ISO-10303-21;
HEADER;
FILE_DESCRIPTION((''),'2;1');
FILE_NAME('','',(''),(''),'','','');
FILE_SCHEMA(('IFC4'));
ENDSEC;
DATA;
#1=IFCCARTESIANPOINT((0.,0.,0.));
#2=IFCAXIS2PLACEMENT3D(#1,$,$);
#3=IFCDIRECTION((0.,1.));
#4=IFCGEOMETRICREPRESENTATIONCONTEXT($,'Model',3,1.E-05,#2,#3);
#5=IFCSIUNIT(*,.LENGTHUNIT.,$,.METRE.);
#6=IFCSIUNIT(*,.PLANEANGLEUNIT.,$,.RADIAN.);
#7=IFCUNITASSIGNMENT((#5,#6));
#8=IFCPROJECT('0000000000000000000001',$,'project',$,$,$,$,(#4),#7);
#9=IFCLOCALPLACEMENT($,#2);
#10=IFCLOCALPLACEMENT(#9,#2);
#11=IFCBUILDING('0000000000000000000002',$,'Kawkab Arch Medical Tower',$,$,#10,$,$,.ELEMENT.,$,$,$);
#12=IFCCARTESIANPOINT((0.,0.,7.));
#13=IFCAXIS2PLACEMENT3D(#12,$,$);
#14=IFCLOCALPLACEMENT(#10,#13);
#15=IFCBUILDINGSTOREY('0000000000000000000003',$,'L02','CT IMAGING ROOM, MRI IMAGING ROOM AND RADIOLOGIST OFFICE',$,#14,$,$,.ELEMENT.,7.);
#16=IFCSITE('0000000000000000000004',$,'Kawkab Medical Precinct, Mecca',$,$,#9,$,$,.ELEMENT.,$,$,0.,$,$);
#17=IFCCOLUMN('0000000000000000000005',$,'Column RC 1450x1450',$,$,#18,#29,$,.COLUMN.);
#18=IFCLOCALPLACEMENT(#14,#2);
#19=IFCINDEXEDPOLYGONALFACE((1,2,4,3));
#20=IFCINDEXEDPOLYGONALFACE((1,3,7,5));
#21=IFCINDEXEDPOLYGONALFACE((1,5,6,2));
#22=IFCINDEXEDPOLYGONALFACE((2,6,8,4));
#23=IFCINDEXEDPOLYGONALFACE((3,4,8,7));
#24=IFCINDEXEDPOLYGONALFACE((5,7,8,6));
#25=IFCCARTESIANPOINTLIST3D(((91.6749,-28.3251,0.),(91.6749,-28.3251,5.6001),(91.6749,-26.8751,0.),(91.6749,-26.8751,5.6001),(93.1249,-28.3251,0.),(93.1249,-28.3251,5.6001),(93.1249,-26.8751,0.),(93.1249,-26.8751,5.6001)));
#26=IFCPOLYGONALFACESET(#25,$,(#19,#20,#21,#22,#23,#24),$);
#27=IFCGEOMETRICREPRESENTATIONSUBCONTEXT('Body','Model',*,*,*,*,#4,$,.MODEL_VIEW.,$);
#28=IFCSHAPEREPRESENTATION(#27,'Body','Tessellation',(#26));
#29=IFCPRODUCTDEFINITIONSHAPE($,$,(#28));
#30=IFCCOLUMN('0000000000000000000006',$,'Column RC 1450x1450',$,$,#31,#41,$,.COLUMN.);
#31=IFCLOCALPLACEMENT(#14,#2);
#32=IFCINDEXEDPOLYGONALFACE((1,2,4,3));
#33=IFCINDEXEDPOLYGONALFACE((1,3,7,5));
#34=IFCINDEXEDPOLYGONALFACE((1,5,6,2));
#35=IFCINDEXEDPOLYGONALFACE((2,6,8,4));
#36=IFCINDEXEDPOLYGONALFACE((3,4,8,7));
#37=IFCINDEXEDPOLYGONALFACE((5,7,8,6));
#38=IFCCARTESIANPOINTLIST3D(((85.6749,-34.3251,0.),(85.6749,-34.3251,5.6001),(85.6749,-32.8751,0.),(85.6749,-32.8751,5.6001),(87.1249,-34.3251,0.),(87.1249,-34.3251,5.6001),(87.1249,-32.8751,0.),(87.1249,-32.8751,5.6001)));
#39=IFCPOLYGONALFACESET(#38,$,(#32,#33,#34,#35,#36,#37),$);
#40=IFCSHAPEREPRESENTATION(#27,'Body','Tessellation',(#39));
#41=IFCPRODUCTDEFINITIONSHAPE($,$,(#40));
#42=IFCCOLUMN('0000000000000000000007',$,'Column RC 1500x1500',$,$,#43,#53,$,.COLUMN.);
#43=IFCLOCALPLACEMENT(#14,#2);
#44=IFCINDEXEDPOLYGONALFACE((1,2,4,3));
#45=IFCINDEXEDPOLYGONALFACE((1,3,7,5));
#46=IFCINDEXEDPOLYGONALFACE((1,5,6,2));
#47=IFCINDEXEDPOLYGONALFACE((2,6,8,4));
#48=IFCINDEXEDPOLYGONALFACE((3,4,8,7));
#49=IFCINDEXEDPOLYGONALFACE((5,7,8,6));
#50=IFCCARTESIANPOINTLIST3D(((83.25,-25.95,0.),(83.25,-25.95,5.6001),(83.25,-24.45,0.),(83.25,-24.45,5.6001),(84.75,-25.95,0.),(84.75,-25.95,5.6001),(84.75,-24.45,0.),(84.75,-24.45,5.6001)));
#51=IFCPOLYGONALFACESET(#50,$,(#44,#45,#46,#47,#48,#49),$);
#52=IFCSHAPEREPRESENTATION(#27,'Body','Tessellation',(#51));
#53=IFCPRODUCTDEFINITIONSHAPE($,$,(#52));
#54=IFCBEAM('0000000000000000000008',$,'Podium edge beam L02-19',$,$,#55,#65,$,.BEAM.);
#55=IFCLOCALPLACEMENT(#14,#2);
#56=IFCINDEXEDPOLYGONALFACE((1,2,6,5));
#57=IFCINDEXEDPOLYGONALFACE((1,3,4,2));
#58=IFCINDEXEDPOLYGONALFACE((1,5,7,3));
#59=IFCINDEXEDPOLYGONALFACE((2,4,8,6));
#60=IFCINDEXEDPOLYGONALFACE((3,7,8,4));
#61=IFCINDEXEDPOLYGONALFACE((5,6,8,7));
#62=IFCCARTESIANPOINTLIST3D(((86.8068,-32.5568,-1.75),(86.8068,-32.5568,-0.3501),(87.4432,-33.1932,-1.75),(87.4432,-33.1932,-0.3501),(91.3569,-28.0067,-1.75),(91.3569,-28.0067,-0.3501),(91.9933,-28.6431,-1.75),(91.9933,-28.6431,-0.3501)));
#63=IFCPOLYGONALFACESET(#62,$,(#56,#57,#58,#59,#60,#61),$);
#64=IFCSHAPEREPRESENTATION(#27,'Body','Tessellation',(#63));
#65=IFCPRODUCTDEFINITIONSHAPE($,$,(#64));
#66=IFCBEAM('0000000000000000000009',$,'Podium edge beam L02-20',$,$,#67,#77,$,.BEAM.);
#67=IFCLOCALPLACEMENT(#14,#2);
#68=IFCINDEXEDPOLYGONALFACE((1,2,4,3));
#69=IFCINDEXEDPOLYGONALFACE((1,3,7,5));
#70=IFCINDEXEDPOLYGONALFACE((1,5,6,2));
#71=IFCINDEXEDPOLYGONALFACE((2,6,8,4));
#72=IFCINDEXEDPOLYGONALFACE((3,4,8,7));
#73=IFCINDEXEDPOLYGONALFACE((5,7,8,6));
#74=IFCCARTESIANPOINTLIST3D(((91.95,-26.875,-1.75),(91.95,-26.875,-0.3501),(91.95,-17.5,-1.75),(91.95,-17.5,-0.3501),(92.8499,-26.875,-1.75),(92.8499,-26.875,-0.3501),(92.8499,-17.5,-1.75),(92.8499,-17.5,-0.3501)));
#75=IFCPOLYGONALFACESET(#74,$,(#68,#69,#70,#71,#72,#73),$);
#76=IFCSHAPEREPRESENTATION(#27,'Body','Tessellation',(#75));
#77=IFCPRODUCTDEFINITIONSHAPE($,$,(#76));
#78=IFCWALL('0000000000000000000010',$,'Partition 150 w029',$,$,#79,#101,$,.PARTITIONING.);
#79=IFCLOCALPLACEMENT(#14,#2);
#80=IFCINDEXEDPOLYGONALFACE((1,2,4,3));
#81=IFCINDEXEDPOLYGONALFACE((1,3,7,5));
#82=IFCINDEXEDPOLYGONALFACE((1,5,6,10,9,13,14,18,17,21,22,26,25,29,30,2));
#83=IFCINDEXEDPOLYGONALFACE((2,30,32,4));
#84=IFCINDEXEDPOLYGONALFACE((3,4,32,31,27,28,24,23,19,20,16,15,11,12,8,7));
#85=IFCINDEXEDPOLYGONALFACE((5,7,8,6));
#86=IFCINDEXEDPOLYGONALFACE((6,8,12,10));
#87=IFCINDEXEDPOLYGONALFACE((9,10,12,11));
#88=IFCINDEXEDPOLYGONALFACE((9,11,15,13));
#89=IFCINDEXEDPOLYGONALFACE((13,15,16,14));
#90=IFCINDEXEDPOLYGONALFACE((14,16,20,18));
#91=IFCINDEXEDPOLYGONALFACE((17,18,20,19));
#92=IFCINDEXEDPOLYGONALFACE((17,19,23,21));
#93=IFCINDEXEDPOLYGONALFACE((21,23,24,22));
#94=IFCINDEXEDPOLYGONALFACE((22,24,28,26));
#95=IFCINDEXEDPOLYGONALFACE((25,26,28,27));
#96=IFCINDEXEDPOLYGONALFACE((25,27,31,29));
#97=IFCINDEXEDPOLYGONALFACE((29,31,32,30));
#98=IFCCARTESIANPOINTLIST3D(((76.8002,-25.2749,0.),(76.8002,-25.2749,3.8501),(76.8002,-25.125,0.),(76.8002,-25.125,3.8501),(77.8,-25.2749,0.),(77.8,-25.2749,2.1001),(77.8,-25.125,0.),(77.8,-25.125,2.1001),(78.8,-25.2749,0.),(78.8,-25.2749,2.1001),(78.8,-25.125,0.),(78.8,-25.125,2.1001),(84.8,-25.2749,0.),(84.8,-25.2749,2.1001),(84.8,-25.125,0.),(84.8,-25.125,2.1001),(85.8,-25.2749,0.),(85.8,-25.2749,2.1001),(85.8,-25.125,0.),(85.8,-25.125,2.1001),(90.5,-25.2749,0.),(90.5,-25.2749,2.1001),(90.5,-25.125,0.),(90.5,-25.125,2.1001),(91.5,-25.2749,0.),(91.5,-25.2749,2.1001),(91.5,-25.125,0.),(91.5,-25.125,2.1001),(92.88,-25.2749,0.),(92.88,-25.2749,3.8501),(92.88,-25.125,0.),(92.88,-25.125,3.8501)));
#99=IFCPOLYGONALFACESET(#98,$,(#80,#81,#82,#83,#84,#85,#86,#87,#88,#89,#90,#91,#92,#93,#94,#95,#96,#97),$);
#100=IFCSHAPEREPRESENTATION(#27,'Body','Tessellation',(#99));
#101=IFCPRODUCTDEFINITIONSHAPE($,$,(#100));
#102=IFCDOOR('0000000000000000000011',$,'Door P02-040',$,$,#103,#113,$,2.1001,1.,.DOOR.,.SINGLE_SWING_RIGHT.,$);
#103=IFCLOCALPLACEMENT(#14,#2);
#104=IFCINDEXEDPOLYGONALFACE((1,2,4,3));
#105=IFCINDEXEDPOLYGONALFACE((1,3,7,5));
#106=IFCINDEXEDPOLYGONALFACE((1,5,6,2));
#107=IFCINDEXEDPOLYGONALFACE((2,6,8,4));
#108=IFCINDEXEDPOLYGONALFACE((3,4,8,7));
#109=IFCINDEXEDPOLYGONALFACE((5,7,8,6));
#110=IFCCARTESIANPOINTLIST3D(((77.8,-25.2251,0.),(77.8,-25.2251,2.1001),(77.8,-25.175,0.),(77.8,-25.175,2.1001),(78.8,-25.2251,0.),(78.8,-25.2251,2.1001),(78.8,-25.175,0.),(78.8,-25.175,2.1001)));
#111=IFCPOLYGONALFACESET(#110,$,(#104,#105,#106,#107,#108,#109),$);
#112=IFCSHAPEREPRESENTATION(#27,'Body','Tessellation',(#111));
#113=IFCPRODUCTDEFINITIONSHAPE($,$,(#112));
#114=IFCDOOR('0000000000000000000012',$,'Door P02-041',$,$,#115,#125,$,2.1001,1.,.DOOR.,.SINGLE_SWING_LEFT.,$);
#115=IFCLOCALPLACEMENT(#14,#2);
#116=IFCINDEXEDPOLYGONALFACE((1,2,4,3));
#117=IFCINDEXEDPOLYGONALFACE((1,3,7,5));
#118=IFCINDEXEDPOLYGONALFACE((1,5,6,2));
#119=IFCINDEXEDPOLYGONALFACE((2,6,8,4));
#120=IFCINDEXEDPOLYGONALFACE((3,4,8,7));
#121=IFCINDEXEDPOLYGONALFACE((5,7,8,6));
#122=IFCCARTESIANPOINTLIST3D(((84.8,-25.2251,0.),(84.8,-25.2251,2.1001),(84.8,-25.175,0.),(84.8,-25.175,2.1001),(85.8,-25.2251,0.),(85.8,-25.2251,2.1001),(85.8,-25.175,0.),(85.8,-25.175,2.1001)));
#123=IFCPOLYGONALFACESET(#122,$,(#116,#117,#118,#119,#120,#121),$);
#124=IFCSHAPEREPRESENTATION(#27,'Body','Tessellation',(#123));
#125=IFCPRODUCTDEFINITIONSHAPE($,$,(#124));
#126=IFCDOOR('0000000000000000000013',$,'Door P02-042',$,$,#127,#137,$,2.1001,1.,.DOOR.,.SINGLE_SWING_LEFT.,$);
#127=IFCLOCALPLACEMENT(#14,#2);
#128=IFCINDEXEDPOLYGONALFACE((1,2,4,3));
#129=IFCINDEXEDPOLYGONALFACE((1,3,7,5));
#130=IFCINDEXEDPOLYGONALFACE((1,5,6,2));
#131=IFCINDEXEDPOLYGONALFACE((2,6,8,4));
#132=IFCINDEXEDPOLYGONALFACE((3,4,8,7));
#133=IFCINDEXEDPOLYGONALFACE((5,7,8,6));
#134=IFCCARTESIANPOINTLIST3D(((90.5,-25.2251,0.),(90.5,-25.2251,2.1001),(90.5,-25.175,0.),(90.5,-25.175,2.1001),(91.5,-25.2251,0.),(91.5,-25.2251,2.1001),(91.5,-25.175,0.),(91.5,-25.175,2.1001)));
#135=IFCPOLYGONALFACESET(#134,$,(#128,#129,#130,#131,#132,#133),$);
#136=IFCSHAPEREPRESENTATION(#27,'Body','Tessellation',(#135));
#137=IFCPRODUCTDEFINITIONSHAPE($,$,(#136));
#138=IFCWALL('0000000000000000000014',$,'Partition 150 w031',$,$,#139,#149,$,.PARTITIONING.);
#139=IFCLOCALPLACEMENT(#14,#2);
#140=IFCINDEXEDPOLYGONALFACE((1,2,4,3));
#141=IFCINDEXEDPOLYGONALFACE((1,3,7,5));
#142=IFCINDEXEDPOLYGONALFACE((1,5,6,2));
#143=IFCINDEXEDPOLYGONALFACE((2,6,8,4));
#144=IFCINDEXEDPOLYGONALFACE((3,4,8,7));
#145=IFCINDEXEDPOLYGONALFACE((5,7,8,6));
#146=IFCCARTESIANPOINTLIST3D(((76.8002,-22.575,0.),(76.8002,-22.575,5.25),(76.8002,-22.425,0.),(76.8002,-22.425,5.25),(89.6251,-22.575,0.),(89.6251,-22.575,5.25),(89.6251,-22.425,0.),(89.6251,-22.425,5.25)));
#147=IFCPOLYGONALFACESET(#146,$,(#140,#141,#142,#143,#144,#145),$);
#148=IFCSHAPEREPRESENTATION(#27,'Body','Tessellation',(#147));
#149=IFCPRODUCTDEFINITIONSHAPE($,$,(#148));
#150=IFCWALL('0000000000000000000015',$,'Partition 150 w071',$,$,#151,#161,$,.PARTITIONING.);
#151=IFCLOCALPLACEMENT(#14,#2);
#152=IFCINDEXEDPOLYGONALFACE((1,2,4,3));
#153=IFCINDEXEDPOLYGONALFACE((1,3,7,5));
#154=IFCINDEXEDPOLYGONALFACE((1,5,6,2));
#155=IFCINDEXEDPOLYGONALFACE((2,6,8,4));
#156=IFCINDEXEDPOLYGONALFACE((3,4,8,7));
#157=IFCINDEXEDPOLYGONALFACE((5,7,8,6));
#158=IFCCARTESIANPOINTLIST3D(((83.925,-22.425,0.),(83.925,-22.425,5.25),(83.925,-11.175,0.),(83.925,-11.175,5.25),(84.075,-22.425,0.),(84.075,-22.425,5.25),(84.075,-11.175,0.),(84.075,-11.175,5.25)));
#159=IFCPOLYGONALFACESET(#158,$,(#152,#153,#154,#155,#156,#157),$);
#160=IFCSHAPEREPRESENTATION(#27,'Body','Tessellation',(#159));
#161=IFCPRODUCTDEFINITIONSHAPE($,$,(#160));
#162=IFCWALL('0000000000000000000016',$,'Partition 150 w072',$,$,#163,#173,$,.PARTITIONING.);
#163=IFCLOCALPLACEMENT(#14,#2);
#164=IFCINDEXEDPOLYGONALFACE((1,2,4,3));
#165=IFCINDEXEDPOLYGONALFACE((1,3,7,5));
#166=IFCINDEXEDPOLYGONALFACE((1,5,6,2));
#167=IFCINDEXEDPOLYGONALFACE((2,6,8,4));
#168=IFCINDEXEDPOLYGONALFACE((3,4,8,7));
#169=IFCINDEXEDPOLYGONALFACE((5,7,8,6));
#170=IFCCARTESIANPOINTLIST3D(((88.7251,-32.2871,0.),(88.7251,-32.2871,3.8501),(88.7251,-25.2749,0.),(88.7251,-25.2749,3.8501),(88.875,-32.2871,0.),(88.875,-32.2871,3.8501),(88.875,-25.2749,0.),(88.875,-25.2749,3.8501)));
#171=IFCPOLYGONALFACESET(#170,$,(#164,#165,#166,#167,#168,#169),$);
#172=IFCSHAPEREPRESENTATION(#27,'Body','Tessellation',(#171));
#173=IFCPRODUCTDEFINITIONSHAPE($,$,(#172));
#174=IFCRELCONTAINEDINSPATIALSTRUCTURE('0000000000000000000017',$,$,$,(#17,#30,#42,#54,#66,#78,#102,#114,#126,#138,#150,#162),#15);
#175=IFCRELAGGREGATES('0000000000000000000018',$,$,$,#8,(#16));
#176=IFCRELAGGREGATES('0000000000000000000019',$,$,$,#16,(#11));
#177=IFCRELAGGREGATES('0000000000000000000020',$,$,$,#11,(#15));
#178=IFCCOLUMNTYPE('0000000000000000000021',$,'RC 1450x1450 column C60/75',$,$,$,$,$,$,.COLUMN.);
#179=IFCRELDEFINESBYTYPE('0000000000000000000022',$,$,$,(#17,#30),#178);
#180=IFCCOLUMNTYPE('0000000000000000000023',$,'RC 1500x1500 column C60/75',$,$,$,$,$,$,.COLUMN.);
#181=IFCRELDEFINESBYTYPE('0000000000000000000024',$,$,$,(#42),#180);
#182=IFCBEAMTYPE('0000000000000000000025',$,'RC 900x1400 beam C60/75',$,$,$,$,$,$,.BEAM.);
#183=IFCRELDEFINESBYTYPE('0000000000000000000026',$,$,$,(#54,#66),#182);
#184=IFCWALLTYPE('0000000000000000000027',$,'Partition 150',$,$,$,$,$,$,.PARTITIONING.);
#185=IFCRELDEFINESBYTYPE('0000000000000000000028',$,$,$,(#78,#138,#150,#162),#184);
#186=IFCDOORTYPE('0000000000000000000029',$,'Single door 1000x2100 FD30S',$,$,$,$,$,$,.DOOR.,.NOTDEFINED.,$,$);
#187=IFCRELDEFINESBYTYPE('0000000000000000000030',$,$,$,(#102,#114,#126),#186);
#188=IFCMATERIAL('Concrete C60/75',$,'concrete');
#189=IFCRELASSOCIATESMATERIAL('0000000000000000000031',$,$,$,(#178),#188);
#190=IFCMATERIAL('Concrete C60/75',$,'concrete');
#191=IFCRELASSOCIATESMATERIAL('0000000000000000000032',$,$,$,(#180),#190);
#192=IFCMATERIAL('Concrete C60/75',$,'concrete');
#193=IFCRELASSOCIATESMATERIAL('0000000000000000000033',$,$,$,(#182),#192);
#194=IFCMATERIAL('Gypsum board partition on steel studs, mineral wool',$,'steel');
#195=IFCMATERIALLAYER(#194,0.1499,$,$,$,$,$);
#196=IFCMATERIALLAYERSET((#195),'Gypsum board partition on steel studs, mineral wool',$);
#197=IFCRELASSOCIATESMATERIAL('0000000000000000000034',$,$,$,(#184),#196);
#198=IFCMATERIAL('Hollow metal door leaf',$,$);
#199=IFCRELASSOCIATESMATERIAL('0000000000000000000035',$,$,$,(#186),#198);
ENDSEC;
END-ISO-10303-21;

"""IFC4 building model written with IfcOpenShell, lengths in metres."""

from ifc_helpers import new_model, si_unit, direction, frame, frame_2d, origin, origin_2d, place, context, subcontext, project, spatial, rectangle, extrude, material, layer, layer_set, material_profile, profile_set, type_object, element, fill, save


model = new_model("IFC4")

# Units and contexts
model_context = context("Model", 3, precision=1e-05, world=origin(), true_north=direction((0.0, 1.0)))
body_context = subcontext(model_context, "Body", "Model", "MODEL_VIEW")
ifc_project = project(units=[si_unit("LENGTHUNIT", "METRE"), si_unit("PLANEANGLEUNIT", "RADIAN")], contexts=[model_context])

# Site, building, storey
site_placement = place(None, origin())
site = spatial("IfcSite", under=ifc_project, at=site_placement, Name="Kawkab Medical Precinct, Mecca", CompositionType="ELEMENT", RefElevation=0.0)
building_placement = place(site_placement, origin())
building = spatial("IfcBuilding", under=site, at=building_placement, Name="Kawkab Arch Medical Tower", CompositionType="ELEMENT")
storey_placement = place(building_placement, frame((0.0, 0.0, 7.0)))
storey = spatial("IfcBuildingStorey", under=building, at=storey_placement, Name="L02", Description="CT IMAGING ROOM, MRI IMAGING ROOM AND RADIOLOGIST OFFICE", CompositionType="ELEMENT", Elevation=7.0)

# Columns
ifc_material_1 = material(Name="Concrete C60/75", Category="concrete")
ifc_material_profile_1 = material_profile(ifc_material_1, rectangle(XDim=1.45, YDim=1.45, at=origin_2d()), Name="RC 1450x1450")
ifc_profile_set_1 = profile_set([ifc_material_profile_1], Name="Concrete C60/75")
column_type_1 = type_object("IfcColumnType", Name="RC 1450x1450 column C60/75", PredefinedType="COLUMN", material=ifc_profile_set_1)
for number, where, z_axis, x_axis, name in (
    (1, (92.3999, -27.6001, 0.0), (0.0, 0.0, 1.0), (1.0, 0.0, 0.0), "Column RC 1450x1450"),
    (2, (86.3999, -33.6001, 0.0), (0.0, 0.0, 1.0), (1.0, 0.0, 0.0), "Column RC 1450x1450"),
):
    element("IfcColumn", number, at=place(storey_placement, frame(where, z_axis=z_axis, x_axis=x_axis)), inside=storey, type_object=column_type_1, Name=name, PredefinedType="COLUMN", context=body_context, shape_type="SweptSolid", body=[
        extrude(rectangle(XDim=1.45, YDim=1.45, at=origin_2d()), origin(), (0.0, 0.0, 1.0), 5.6001),
    ])
ifc_material_2 = material(Name="Concrete C60/75", Category="concrete")
ifc_material_profile_2 = material_profile(ifc_material_2, rectangle(XDim=1.5, YDim=1.5, at=origin_2d()), Name="RC 1500x1500")
ifc_profile_set_2 = profile_set([ifc_material_profile_2], Name="Concrete C60/75")
column_type_2 = type_object("IfcColumnType", Name="RC 1500x1500 column C60/75", PredefinedType="COLUMN", material=ifc_profile_set_2)
column_placement = place(storey_placement, frame((84.0, -25.2, 0.0), z_axis=(0.0, 0.0, 1.0), x_axis=(1.0, 0.0, 0.0)))
element("IfcColumn", 3, at=column_placement, inside=storey, type_object=column_type_2, Name="Column RC 1500x1500", PredefinedType="COLUMN", context=body_context, shape_type="SweptSolid", body=[
    extrude(rectangle(XDim=1.5, YDim=1.5, at=origin_2d()), origin(), (0.0, 0.0, 1.0), 5.6001),
])

# Beams
ifc_material_3 = material(Name="Concrete C60/75", Category="concrete")
ifc_material_profile_3 = material_profile(ifc_material_3, rectangle(XDim=0.8999, YDim=1.3999, at=origin_2d()), Name="RC 900x1400")
ifc_profile_set_3 = profile_set([ifc_material_profile_3], Name="Concrete C60/75")
beam_type = type_object("IfcBeamType", Name="RC 900x1400 beam C60/75", PredefinedType="BEAM", material=ifc_profile_set_3)
beam_1_placement = place(storey_placement, frame((87.125, -32.875, -1.05), z_axis=(0.707107, 0.707107, 0.0), x_axis=(-0.707107, 0.707107, 0.0)))
element("IfcBeam", 4, at=beam_1_placement, inside=storey, type_object=beam_type, Name="Podium edge beam L02-19", PredefinedType="BEAM", context=body_context, shape_type="SweptSolid", body=[
    extrude(rectangle(XDim=0.8999, YDim=1.3999, at=origin_2d()), origin(), (0.0, 0.0, 1.0), 6.4348),
])
beam_2_placement = place(storey_placement, frame((92.3999, -26.875, -1.05), z_axis=(0.0, 1.0, 0.0), x_axis=(-1.0, 0.0, 0.0)))
element("IfcBeam", 5, at=beam_2_placement, inside=storey, type_object=beam_type, Name="Podium edge beam L02-20", PredefinedType="BEAM", context=body_context, shape_type="SweptSolid", body=[
    extrude(rectangle(XDim=0.8999, YDim=1.3999, at=origin_2d()), origin(), (0.0, 0.0, 1.0), 9.375),
])

# Wall, openings, doors
ifc_material_4 = material(Name="Gypsum board partition on steel studs, mineral wool", Category="steel")
ifc_layer_1 = layer(ifc_material_4, 0.1499)
ifc_layer_set_1 = layer_set([ifc_layer_1], Name="Gypsum board partition on steel studs, mineral wool")
wall_type_1 = type_object("IfcWallType", Name="Partition 150", PredefinedType="PARTITIONING", material=ifc_layer_set_1)
wall_1_placement = place(storey_placement, frame((76.8, -25.2, 0.0), z_axis=(0.0, 0.0, 1.0), x_axis=(1.0, 0.0, 0.0)))
wall_1 = element("IfcWall", 6, at=wall_1_placement, inside=storey, type_object=wall_type_1, Name="Partition 150 w029", PredefinedType="PARTITIONING", context=body_context, shape_type="SweptSolid", body=[
    extrude(rectangle(XDim=16.0798, YDim=0.1499, at=frame_2d((8.04, 0.0))), origin(), (0.0, 0.0, 1.0), 3.8501),
])
opening_1_placement = place(wall_1_placement, frame((1.0, 0.0, 0.0)))
opening_1 = element("IfcOpeningElement", 7, at=opening_1_placement, cuts=wall_1, PredefinedType="OPENING", context=body_context, shape_type="SweptSolid", body=[
    extrude(rectangle(XDim=1.0, YDim=2.1001, at=frame_2d((0.5, 1.05))), frame((0.0, 0.085, 0.0), z_axis=(0.0, -1.0, 0.0), x_axis=(1.0, 0.0, 0.0)), (0.0, 0.0, 1.0), 0.1699),
])
opening_2_placement = place(wall_1_placement, frame((8.0, 0.0, 0.0)))
opening_2 = element("IfcOpeningElement", 8, at=opening_2_placement, cuts=wall_1, PredefinedType="OPENING", context=body_context, shape_type="SweptSolid", body=[
    extrude(rectangle(XDim=1.0, YDim=2.1001, at=frame_2d((0.5, 1.05))), frame((0.0, 0.085, 0.0), z_axis=(0.0, -1.0, 0.0), x_axis=(1.0, 0.0, 0.0)), (0.0, 0.0, 1.0), 0.1699),
])
opening_3_placement = place(wall_1_placement, frame((13.7, 0.0, 0.0)))
opening_3 = element("IfcOpeningElement", 9, at=opening_3_placement, cuts=wall_1, PredefinedType="OPENING", context=body_context, shape_type="SweptSolid", body=[
    extrude(rectangle(XDim=1.0, YDim=2.1001, at=frame_2d((0.5, 1.05))), frame((0.0, 0.085, 0.0), z_axis=(0.0, -1.0, 0.0), x_axis=(1.0, 0.0, 0.0)), (0.0, 0.0, 1.0), 0.1699),
])
ifc_material_5 = material(Name="Hollow metal door leaf")
door_type = type_object("IfcDoorType", Name="Single door 1000x2100 FD30S", OperationType="NOTDEFINED", PredefinedType="DOOR", material=ifc_material_5)
door_1_placement = place(opening_1_placement, origin())
door_1 = element("IfcDoor", 10, at=door_1_placement, inside=storey, type_object=door_type, Name="Door P02-040", OperationType="SINGLE_SWING_RIGHT", OverallHeight=2.1001, OverallWidth=1.0, PredefinedType="DOOR", context=body_context, shape_type="SweptSolid", body=[
    extrude(rectangle(XDim=1.0, YDim=2.1001, at=frame_2d((0.5, 1.05))), frame((0.0, 0.0249, 0.0), z_axis=(0.0, -1.0, 0.0), x_axis=(1.0, 0.0, 0.0)), (0.0, 0.0, 1.0), 0.05),
])
fill(opening_1, door_1)
door_2_placement = place(opening_2_placement, origin())
door_2 = element("IfcDoor", 11, at=door_2_placement, inside=storey, type_object=door_type, Name="Door P02-041", OperationType="SINGLE_SWING_LEFT", OverallHeight=2.1001, OverallWidth=1.0, PredefinedType="DOOR", context=body_context, shape_type="SweptSolid", body=[
    extrude(rectangle(XDim=1.0, YDim=2.1001, at=frame_2d((0.5, 1.05))), frame((0.0, 0.0249, 0.0), z_axis=(0.0, -1.0, 0.0), x_axis=(1.0, 0.0, 0.0)), (0.0, 0.0, 1.0), 0.05),
])
fill(opening_2, door_2)
door_3_placement = place(opening_3_placement, origin())
door_3 = element("IfcDoor", 12, at=door_3_placement, inside=storey, type_object=door_type, Name="Door P02-042", OperationType="SINGLE_SWING_LEFT", OverallHeight=2.1001, OverallWidth=1.0, PredefinedType="DOOR", context=body_context, shape_type="SweptSolid", body=[
    extrude(rectangle(XDim=1.0, YDim=2.1001, at=frame_2d((0.5, 1.05))), frame((0.0, 0.0249, 0.0), z_axis=(0.0, -1.0, 0.0), x_axis=(1.0, 0.0, 0.0)), (0.0, 0.0, 1.0), 0.05),
])
fill(opening_3, door_3)

# Walls
wall_2_placement = place(storey_placement, frame((76.8, -22.5, 0.0), z_axis=(0.0, 0.0, 1.0), x_axis=(1.0, 0.0, 0.0)))
element("IfcWall", 13, at=wall_2_placement, inside=storey, type_object=wall_type_1, Name="Partition 150 w031", PredefinedType="PARTITIONING", context=body_context, shape_type="SweptSolid", body=[
    extrude(rectangle(XDim=12.825, YDim=0.1499, at=frame_2d((6.4126, 0.0))), origin(), (0.0, 0.0, 1.0), 5.25),
])
wall_3_placement = place(storey_placement, frame((84.0, -22.425, 0.0), z_axis=(0.0, 0.0, 1.0), x_axis=(0.0, 1.0, 0.0)))
element("IfcWall", 14, at=wall_3_placement, inside=storey, type_object=wall_type_1, Name="Partition 150 w071", PredefinedType="PARTITIONING", context=body_context, shape_type="SweptSolid", body=[
    extrude(rectangle(XDim=11.25, YDim=0.1499, at=frame_2d((5.625, 0.0))), origin(), (0.0, 0.0, 1.0), 5.25),
])
wall_4_placement = place(storey_placement, frame((88.8, -32.2871, 0.0), z_axis=(0.0, 0.0, 1.0), x_axis=(0.0, 1.0, 0.0)))
element("IfcWall", 15, at=wall_4_placement, inside=storey, type_object=wall_type_1, Name="Partition 150 w072", PredefinedType="PARTITIONING", context=body_context, shape_type="SweptSolid", body=[
    extrude(rectangle(XDim=7.0122, YDim=0.1499, at=frame_2d((3.5061, 0.0))), origin(), (0.0, 0.0, 1.0), 3.8501),
])

save(model, "model.ifc")
